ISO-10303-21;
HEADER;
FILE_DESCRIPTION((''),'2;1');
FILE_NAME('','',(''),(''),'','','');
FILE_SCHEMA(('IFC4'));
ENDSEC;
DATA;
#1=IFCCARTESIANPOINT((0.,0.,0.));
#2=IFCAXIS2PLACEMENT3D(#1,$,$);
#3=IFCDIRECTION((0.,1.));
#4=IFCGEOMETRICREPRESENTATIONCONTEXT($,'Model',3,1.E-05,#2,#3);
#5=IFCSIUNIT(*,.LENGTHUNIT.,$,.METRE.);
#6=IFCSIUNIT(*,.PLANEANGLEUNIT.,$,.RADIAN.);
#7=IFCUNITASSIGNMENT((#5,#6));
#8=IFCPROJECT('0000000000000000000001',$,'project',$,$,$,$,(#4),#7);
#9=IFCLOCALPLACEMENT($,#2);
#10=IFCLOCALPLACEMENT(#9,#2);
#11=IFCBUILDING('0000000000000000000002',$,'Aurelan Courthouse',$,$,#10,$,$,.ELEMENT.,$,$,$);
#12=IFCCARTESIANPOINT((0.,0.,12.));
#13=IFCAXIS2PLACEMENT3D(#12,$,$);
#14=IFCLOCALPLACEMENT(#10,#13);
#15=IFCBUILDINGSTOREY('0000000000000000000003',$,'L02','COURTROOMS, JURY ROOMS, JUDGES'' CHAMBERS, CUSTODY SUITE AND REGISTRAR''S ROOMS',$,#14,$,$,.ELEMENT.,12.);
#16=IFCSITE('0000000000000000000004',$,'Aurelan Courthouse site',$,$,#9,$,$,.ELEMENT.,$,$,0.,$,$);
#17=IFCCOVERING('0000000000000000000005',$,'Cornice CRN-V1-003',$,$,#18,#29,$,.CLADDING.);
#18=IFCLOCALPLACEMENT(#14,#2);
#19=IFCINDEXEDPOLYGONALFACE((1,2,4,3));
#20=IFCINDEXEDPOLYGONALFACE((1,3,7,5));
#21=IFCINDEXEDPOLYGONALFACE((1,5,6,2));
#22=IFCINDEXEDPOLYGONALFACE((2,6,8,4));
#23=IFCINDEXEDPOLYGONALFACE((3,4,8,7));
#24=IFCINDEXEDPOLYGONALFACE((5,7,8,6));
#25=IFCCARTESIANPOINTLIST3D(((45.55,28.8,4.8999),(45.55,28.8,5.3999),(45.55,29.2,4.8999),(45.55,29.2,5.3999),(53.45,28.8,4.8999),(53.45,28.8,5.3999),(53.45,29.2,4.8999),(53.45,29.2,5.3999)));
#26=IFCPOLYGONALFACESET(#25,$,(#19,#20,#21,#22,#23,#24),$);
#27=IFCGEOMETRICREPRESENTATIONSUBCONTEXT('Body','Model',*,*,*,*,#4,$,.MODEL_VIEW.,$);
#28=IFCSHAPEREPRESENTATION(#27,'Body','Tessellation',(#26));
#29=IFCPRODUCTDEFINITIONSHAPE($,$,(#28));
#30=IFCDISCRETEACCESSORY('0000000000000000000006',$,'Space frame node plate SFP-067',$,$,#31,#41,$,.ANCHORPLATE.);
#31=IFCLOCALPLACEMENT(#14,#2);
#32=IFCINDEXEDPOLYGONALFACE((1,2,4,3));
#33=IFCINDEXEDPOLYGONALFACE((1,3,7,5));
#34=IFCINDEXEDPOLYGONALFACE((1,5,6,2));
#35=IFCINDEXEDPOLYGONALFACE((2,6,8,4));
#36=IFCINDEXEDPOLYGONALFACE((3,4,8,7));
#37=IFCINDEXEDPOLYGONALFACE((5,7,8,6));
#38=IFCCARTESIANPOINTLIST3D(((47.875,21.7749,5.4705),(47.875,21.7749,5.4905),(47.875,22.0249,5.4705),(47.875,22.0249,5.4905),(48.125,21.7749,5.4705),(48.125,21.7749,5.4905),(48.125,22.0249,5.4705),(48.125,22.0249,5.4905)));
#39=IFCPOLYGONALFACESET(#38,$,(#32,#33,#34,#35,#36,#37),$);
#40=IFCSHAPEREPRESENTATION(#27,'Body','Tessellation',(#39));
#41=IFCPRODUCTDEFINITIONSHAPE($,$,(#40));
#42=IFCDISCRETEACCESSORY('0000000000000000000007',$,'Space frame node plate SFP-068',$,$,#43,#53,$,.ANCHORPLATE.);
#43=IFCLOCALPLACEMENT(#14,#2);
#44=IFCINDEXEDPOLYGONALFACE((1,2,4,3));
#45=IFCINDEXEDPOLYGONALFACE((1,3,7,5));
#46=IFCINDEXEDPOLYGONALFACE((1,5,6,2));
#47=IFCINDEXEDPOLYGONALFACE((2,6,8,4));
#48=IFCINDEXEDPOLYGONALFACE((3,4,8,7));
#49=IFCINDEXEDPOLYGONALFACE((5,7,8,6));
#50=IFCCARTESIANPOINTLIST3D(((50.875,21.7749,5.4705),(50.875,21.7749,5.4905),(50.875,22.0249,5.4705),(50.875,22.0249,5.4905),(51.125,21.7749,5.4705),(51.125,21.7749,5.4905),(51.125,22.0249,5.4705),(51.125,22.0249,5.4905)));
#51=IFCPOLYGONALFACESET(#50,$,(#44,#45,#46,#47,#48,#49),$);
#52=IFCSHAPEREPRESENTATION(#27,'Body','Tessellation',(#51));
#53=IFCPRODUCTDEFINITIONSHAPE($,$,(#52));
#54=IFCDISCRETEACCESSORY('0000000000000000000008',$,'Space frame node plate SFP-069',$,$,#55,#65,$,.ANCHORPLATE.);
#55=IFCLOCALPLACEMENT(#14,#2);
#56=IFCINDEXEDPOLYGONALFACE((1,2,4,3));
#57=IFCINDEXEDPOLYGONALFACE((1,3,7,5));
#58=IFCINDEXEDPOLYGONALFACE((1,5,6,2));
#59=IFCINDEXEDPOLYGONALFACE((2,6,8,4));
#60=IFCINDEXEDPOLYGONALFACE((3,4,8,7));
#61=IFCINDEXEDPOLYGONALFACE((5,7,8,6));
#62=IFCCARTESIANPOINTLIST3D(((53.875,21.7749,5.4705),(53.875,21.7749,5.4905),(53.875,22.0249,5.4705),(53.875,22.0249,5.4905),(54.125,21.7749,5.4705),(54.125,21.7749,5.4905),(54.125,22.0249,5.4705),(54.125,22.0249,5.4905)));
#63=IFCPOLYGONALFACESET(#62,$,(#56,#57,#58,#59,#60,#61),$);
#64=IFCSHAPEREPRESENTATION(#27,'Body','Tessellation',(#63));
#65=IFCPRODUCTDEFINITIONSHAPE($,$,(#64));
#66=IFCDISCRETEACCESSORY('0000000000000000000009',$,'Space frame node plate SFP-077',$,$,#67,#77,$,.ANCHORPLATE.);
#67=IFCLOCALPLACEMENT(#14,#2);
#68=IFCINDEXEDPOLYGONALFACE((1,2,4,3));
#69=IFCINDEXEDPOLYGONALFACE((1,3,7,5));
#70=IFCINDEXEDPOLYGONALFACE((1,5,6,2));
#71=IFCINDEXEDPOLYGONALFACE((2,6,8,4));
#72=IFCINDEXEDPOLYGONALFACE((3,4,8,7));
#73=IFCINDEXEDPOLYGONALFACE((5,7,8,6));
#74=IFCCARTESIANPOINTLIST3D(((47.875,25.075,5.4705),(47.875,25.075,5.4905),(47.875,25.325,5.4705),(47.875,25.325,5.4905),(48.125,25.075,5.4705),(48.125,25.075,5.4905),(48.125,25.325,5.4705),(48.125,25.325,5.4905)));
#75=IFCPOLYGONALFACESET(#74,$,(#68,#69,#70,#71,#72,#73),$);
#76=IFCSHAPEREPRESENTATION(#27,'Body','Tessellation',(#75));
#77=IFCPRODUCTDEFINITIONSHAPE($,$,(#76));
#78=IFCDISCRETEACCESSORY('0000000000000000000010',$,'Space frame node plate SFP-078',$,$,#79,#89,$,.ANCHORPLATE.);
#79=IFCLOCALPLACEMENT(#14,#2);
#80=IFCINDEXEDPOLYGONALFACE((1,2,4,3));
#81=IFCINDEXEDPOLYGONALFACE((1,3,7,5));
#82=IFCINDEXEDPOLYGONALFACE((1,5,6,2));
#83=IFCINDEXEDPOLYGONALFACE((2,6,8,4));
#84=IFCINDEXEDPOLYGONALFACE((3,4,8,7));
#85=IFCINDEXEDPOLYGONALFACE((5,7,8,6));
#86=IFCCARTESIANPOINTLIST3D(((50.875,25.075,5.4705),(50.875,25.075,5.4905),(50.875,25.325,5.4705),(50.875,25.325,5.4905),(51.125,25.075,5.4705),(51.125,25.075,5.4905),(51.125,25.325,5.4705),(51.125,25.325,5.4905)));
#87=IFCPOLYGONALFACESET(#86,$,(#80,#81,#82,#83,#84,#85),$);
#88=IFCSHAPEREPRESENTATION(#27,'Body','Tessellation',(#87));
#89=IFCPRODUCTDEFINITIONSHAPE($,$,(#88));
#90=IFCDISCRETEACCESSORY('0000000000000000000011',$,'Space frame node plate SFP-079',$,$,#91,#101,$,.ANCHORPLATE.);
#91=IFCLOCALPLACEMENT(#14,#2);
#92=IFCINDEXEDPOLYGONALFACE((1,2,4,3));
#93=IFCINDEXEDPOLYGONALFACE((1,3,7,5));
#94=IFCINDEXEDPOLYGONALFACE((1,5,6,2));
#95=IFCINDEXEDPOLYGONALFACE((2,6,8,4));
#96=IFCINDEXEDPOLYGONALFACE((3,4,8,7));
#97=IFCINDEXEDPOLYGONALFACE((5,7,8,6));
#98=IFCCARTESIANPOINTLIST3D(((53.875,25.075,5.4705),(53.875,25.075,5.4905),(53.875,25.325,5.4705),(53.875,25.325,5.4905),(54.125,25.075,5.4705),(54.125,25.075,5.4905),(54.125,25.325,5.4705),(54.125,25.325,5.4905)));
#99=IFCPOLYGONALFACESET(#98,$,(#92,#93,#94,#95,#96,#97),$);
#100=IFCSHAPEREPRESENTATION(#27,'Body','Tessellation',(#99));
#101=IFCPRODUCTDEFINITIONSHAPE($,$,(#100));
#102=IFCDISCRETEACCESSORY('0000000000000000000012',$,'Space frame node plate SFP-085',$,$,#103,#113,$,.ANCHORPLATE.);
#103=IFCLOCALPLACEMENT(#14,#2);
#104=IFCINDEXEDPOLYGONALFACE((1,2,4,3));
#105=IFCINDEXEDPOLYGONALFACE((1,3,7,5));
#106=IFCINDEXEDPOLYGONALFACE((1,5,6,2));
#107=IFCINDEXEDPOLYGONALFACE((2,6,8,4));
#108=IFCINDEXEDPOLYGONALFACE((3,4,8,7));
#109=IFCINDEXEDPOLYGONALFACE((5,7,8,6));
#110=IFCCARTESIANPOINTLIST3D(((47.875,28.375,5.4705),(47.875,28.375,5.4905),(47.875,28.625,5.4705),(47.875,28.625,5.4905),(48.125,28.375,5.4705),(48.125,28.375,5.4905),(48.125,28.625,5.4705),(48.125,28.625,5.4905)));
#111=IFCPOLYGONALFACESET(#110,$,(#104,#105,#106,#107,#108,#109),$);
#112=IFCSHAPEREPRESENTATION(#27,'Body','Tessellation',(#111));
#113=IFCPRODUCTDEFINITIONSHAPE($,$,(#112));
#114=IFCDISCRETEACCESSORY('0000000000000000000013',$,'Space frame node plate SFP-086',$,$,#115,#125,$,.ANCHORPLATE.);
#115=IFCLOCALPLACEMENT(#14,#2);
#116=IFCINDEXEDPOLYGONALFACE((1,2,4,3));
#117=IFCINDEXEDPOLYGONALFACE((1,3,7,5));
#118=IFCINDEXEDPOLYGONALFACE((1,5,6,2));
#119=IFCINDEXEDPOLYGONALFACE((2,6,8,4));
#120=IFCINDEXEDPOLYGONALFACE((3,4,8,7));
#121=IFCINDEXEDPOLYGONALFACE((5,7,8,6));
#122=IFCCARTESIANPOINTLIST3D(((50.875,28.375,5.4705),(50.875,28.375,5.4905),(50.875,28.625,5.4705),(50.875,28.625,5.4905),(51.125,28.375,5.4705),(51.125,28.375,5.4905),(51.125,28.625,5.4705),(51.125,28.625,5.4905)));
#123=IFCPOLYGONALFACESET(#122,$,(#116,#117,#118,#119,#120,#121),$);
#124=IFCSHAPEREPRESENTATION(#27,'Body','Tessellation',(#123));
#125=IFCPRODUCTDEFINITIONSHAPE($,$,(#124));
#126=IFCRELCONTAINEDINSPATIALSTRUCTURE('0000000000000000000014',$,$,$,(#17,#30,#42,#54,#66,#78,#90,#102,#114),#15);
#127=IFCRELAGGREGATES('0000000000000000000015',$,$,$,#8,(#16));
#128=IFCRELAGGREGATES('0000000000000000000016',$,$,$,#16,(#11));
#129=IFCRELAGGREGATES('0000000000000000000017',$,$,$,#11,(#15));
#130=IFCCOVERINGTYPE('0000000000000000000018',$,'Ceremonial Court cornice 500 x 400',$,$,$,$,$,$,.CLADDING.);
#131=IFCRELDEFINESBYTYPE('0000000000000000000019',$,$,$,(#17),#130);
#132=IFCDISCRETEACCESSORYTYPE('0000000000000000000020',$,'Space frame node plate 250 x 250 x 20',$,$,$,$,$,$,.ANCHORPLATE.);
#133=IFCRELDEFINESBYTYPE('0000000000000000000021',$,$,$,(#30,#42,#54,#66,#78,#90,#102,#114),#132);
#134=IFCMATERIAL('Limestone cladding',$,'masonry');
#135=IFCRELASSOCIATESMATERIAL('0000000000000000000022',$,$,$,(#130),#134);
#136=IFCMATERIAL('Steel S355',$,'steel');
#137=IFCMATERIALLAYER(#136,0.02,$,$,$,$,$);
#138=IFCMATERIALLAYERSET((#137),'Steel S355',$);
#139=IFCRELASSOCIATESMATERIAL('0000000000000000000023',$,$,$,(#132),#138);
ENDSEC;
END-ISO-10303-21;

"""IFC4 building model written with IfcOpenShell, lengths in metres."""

from ifc_helpers import new_model, si_unit, direction, frame, origin, origin_2d, place, context, subcontext, project, spatial, rectangle, extrude, material, layer, layer_set, type_object, element, save


model = new_model("IFC4")

# Units and contexts
model_context = context("Model", 3, precision=1e-05, world=origin(), true_north=direction((0.0, 1.0)))
body_context = subcontext(model_context, "Body", "Model", "MODEL_VIEW")
ifc_project = project(units=[si_unit("LENGTHUNIT", "METRE"), si_unit("PLANEANGLEUNIT", "RADIAN")], contexts=[model_context])

# Site, building, storey
site_placement = place(None, origin())
site = spatial("IfcSite", under=ifc_project, at=site_placement, Name="Aurelan Courthouse site", CompositionType="ELEMENT", RefElevation=0.0)
building_placement = place(site_placement, origin())
building = spatial("IfcBuilding", under=site, at=building_placement, Name="Aurelan Courthouse", CompositionType="ELEMENT")
storey_placement = place(building_placement, frame((0.0, 0.0, 12.0)))
storey = spatial("IfcBuildingStorey", under=building, at=storey_placement, Name="L02", Description="COURTROOMS, JURY ROOMS, JUDGES' CHAMBERS, CUSTODY SUITE AND REGISTRAR'S ROOMS", CompositionType="ELEMENT", Elevation=12.0)

# Shared definitions
ifc_material_1 = material(Name="Steel S355", Category="steel")

# Covering
ifc_material_2 = material(Name="Limestone cladding", Category="masonry")
covering_type = type_object("IfcCoveringType", Name="Ceremonial Court cornice 500 x 400", PredefinedType="CLADDING", material=ifc_material_2)
covering_placement = place(storey_placement, frame((49.5, 29.0, 4.8999), z_axis=(0.0, 0.0, 1.0), x_axis=(1.0, 0.0, 0.0)))
element("IfcCovering", 1, at=covering_placement, inside=storey, type_object=covering_type, Name="Cornice CRN-V1-003", PredefinedType="CLADDING", context=body_context, shape_type="SweptSolid", body=[
    extrude(rectangle(XDim=7.8999, YDim=0.3999, at=origin_2d()), origin(), (0.0, 0.0, 1.0), 0.5),
])

# Discrete accessories
ifc_layer_1 = layer(ifc_material_1, 0.02)
ifc_layer_set_1 = layer_set([ifc_layer_1], Name="Steel S355")
discrete_accessory_type = type_object("IfcDiscreteAccessoryType", Name="Space frame node plate 250 x 250 x 20", PredefinedType="ANCHORPLATE", material=ifc_layer_set_1)
for number, where, z_axis, x_axis, name in (
    (2, (48.0, 21.8999, 5.4705), (0.0, 0.0, 1.0), (1.0, 0.0, 0.0), "Space frame node plate SFP-067"),
    (3, (51.0, 21.8999, 5.4705), (0.0, 0.0, 1.0), (1.0, 0.0, 0.0), "Space frame node plate SFP-068"),
    (4, (54.0, 21.8999, 5.4705), (0.0, 0.0, 1.0), (1.0, 0.0, 0.0), "Space frame node plate SFP-069"),
    (5, (48.0, 25.2, 5.4705), (0.0, 0.0, 1.0), (1.0, 0.0, 0.0), "Space frame node plate SFP-077"),
    (6, (51.0, 25.2, 5.4705), (0.0, 0.0, 1.0), (1.0, 0.0, 0.0), "Space frame node plate SFP-078"),
    (7, (54.0, 25.2, 5.4705), (0.0, 0.0, 1.0), (1.0, 0.0, 0.0), "Space frame node plate SFP-079"),
    (8, (48.0, 28.5, 5.4705), (0.0, 0.0, 1.0), (1.0, 0.0, 0.0), "Space frame node plate SFP-085"),
    (9, (51.0, 28.5, 5.4705), (0.0, 0.0, 1.0), (1.0, 0.0, 0.0), "Space frame node plate SFP-086"),
):
    element("IfcDiscreteAccessory", number, at=place(storey_placement, frame(where, z_axis=z_axis, x_axis=x_axis)), inside=storey, type_object=discrete_accessory_type, Name=name, PredefinedType="ANCHORPLATE", context=body_context, shape_type="SweptSolid", body=[
        extrude(rectangle(XDim=0.25, YDim=0.25, at=origin_2d()), origin(), (0.0, 0.0, 1.0), 0.02),
    ])

save(model, "model.ifc")
